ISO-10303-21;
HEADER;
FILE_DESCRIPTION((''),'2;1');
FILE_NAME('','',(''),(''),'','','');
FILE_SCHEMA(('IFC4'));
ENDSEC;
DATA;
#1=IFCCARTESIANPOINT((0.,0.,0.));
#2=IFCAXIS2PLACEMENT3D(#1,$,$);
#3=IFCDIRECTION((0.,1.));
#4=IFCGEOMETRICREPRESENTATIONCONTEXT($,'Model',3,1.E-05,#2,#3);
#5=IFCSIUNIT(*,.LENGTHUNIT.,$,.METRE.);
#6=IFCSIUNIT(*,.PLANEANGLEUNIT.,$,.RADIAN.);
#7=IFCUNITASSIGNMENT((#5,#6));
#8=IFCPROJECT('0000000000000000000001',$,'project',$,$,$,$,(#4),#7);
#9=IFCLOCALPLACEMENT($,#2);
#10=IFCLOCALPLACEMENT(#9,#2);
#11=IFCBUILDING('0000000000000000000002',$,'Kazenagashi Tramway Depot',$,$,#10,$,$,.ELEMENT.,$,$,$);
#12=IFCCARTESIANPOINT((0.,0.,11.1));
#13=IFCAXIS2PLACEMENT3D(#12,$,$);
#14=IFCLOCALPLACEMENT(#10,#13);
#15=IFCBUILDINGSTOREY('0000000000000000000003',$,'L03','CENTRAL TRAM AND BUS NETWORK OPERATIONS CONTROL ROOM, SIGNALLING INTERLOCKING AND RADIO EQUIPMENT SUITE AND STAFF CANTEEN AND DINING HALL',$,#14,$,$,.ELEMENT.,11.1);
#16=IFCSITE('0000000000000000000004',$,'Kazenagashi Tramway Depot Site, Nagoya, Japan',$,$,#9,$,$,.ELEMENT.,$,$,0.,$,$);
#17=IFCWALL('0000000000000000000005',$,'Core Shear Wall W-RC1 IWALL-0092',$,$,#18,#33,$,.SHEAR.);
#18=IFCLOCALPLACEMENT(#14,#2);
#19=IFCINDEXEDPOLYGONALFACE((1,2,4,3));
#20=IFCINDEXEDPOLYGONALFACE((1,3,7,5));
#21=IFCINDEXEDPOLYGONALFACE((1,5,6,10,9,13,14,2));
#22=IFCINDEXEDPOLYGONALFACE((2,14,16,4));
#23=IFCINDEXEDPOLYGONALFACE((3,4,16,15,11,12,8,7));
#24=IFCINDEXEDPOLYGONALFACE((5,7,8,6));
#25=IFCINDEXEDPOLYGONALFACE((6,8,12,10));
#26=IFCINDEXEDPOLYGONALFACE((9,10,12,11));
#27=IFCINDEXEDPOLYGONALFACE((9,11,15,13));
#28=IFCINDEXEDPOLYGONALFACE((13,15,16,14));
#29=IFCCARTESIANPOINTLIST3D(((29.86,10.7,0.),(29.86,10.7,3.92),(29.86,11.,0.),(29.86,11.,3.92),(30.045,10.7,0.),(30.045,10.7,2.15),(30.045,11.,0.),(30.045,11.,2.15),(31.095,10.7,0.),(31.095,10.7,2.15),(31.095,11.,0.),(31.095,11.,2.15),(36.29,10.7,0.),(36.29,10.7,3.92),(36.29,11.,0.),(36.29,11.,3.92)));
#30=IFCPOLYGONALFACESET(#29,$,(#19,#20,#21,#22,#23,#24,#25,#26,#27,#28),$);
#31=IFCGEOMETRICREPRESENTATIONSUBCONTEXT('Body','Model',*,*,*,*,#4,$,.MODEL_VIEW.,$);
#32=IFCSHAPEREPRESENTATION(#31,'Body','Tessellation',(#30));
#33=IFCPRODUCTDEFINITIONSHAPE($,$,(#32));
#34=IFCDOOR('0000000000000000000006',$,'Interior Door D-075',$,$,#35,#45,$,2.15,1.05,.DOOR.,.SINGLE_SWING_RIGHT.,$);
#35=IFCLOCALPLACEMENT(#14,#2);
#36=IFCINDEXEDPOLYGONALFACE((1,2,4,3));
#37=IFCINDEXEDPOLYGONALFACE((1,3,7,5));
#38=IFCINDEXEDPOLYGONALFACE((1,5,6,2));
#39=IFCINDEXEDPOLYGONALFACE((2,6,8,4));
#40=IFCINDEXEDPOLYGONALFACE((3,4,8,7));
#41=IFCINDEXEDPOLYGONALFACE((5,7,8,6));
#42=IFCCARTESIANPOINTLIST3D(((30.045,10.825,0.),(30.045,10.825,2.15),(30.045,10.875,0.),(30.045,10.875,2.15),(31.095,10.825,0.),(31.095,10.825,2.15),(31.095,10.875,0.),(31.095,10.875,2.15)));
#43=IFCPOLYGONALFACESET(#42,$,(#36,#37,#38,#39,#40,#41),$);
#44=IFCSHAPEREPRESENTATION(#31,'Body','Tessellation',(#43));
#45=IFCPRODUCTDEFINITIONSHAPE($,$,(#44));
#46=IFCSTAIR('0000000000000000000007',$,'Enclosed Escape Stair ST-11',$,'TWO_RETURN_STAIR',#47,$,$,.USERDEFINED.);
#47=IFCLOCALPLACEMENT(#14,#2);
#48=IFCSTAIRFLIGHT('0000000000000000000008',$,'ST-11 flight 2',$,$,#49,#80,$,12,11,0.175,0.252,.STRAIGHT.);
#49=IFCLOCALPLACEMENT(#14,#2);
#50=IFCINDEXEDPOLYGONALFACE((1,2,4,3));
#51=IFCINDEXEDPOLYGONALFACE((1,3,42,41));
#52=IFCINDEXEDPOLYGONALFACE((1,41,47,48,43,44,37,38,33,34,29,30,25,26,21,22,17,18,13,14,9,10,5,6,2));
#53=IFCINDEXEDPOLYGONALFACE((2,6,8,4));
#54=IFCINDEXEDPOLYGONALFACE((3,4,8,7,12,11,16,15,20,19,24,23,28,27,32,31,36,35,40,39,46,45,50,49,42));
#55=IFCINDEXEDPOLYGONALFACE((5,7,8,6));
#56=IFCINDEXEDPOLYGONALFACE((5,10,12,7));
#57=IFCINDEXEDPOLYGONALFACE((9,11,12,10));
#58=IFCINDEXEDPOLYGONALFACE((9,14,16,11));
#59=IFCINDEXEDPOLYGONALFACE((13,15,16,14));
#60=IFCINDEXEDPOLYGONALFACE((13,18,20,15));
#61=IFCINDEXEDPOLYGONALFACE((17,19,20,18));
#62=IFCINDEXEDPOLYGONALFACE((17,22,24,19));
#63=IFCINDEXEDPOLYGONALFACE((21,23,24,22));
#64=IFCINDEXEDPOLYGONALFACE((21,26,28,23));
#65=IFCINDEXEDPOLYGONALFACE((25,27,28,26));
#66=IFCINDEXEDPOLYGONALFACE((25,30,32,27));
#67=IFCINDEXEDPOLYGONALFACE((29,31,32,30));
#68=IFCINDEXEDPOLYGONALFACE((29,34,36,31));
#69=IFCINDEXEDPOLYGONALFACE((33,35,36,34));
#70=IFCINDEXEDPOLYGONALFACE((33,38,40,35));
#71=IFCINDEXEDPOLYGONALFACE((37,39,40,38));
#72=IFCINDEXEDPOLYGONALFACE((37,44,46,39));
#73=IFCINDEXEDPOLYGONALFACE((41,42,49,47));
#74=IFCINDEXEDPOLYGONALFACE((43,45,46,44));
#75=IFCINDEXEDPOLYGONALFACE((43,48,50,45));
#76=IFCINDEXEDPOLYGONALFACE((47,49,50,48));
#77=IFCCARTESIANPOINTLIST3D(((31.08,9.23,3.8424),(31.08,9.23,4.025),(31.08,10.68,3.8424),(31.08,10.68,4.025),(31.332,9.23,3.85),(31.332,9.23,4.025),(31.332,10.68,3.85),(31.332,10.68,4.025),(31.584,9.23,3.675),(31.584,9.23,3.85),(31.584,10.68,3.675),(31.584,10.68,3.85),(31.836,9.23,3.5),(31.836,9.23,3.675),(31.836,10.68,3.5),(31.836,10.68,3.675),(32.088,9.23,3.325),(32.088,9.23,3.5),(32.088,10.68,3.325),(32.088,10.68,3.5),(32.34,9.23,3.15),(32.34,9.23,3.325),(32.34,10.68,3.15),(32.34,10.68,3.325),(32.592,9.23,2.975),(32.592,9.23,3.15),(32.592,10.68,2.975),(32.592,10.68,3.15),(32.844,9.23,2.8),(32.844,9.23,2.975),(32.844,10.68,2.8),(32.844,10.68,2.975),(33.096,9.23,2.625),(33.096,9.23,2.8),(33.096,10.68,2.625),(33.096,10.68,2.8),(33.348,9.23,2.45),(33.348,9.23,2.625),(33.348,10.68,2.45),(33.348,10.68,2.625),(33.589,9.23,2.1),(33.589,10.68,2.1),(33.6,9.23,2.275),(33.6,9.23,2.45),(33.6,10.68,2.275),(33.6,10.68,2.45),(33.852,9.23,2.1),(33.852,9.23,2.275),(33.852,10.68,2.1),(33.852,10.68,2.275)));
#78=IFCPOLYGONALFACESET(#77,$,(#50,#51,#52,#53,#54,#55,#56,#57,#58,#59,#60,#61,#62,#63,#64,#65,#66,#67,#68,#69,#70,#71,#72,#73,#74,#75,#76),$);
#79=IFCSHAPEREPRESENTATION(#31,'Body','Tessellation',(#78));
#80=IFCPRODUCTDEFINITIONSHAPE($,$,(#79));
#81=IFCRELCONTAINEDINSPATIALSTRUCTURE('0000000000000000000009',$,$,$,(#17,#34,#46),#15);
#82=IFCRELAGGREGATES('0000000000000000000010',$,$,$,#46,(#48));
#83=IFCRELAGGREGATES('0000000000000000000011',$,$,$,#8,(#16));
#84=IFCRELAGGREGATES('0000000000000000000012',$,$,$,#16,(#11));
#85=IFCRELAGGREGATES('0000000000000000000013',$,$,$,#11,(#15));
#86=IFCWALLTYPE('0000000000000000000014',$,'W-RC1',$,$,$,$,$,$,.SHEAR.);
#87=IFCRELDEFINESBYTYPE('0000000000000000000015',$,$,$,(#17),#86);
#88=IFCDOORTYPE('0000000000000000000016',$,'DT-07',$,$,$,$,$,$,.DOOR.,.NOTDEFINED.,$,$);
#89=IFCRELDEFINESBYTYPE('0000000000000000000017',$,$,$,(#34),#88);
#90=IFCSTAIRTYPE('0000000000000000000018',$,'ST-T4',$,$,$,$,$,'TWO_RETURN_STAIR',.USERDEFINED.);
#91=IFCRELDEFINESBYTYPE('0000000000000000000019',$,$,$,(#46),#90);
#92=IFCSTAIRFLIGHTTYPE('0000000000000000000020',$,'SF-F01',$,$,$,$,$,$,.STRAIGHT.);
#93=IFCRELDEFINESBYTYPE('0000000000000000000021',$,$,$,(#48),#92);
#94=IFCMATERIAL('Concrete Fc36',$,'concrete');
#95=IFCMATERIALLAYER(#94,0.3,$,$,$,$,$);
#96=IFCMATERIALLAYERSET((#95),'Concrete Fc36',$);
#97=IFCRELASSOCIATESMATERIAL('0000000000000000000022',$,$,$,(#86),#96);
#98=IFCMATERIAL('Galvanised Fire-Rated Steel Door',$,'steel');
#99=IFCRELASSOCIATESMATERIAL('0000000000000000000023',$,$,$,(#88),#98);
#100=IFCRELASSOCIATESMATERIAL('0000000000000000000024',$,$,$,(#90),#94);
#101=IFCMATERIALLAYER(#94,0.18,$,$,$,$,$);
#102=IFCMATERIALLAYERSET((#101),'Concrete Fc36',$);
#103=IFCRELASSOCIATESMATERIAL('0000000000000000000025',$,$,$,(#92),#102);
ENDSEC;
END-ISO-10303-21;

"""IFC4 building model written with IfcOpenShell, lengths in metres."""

from ifc_helpers import new_model, si_unit, direction, frame, frame_2d, origin, place, context, subcontext, project, spatial, polyline, rectangle, outline, extrude, material, layer, layer_set, type_object, element, fill, aggregate, save


model = new_model("IFC4")

# Units and contexts
model_context = context("Model", 3, precision=1e-05, world=origin(), true_north=direction((0.0, 1.0)))
body_context = subcontext(model_context, "Body", "Model", "MODEL_VIEW")
ifc_project = project(units=[si_unit("LENGTHUNIT", "METRE"), si_unit("PLANEANGLEUNIT", "RADIAN")], contexts=[model_context])

# Site, building, storey
site_placement = place(None, origin())
site = spatial("IfcSite", under=ifc_project, at=site_placement, Name="Kazenagashi Tramway Depot Site, Nagoya, Japan", CompositionType="ELEMENT", RefElevation=0.0)
building_placement = place(site_placement, origin())
building = spatial("IfcBuilding", under=site, at=building_placement, Name="Kazenagashi Tramway Depot", CompositionType="ELEMENT")
storey_placement = place(building_placement, frame((0.0, 0.0, 11.1)))
storey = spatial("IfcBuildingStorey", under=building, at=storey_placement, Name="L03", Description="CENTRAL TRAM AND BUS NETWORK OPERATIONS CONTROL ROOM, SIGNALLING INTERLOCKING AND RADIO EQUIPMENT SUITE AND STAFF CANTEEN AND DINING HALL", CompositionType="ELEMENT", Elevation=11.1)

# Wall, opening, door
ifc_material_1 = material(Name="Concrete Fc36", Category="concrete")
ifc_layer_1 = layer(ifc_material_1, 0.3)
ifc_layer_set_1 = layer_set([ifc_layer_1], Name="Concrete Fc36")
wall_type_1 = type_object("IfcWallType", Name="W-RC1", PredefinedType="SHEAR", material=ifc_layer_set_1)
ifc_material_2 = material(Name="Galvanised Fire-Rated Steel Door", Category="steel")
wall_1_placement = place(storey_placement, frame((29.86, 10.85, 0.0), z_axis=(0.0, 0.0, 1.0), x_axis=(1.0, 0.0, 0.0)))
wall_1 = element("IfcWall", 1, at=wall_1_placement, inside=storey, type_object=wall_type_1, Name="Core Shear Wall W-RC1 IWALL-0092", PredefinedType="SHEAR", context=body_context, shape_type="SweptSolid", body=[
    extrude(rectangle(XDim=6.43, YDim=0.3, at=frame_2d((3.215, 0.0))), origin(), (0.0, 0.0, 1.0), 3.92),
])
opening_1_placement = place(wall_1_placement, frame((0.185, 0.0, 0.0)))
opening_1 = element("IfcOpeningElement", 2, at=opening_1_placement, cuts=wall_1, PredefinedType="OPENING", context=body_context, shape_type="SweptSolid", body=[
    extrude(rectangle(XDim=1.05, YDim=2.15, at=frame_2d((0.525, 1.075))), frame((0.0, 0.16, 0.0), z_axis=(0.0, -1.0, 0.0), x_axis=(1.0, 0.0, 0.0)), (0.0, 0.0, 1.0), 0.32),
])
door_type_1 = type_object("IfcDoorType", Name="DT-07", OperationType="NOTDEFINED", PredefinedType="DOOR", material=ifc_material_2)
door_1_placement = place(opening_1_placement, origin())
door_1 = element("IfcDoor", 3, at=door_1_placement, inside=storey, type_object=door_type_1, Name="Interior Door D-075", OperationType="SINGLE_SWING_RIGHT", OverallHeight=2.15, OverallWidth=1.05, PredefinedType="DOOR", context=body_context, shape_type="SweptSolid", body=[
    extrude(rectangle(XDim=1.05, YDim=2.15, at=frame_2d((0.525, 1.075))), frame((0.0, 0.025, 0.0), z_axis=(0.0, -1.0, 0.0), x_axis=(1.0, 0.0, 0.0)), (0.0, 0.0, 1.0), 0.05),
])
fill(opening_1, door_1)

# Stair, stair flight
stair_type = type_object("IfcStairType", Name="ST-T4", ElementType="TWO_RETURN_STAIR", PredefinedType="USERDEFINED", material=ifc_material_1)
stair_placement = place(storey_placement, origin())
stair = element("IfcStair", 4, at=stair_placement, inside=storey, type_object=stair_type, Name="Enclosed Escape Stair ST-11", ObjectType="TWO_RETURN_STAIR", PredefinedType="USERDEFINED")
ifc_layer_2 = layer(ifc_material_1, 0.18)
ifc_layer_set_2 = layer_set([ifc_layer_2], Name="Concrete Fc36")
stair_flight_type = type_object("IfcStairFlightType", Name="SF-F01", PredefinedType="STRAIGHT", material=ifc_layer_set_2)
stair_flight_placement = place(storey_placement, frame((33.852, 9.955, 2.1), z_axis=(0.0, 0.0, 1.0), x_axis=(-1.0, 0.0, 0.0)))
stair_flight = element("IfcStairFlight", 5, at=stair_flight_placement, type_object=stair_flight_type, Name="ST-11 flight 2", NumberOfRisers=12, NumberOfTreads=11, PredefinedType="STRAIGHT", RiserHeight=0.175, TreadLength=0.252, context=body_context, shape_type="SweptSolid", body=[
    extrude(outline(polyline([(0.0, 0.0), (0.0, 0.175), (0.252, 0.175), (0.252, 0.35), (0.504, 0.35), (0.504, 0.525), (0.756, 0.525), (0.756, 0.7), (1.008, 0.7), (1.008, 0.875), (1.26, 0.875), (1.26, 1.05), (1.512, 1.05), (1.512, 1.225), (1.764, 1.225), (1.764, 1.4), (2.016, 1.4), (2.016, 1.575), (2.268, 1.575), (2.268, 1.75), (2.52, 1.75), (2.52, 1.925), (2.772, 1.925), (2.772, 2.1), (2.772, 1.7424), (0.263, 0.0), (0.0, 0.0)])), frame((0.0, 0.725, 0.0), z_axis=(0.0, -1.0, 0.0), x_axis=(1.0, 0.0, 0.0)), (0.0, 0.0, 1.0), 1.45),
])
aggregate(stair, [stair_flight])

save(model, "model.ifc")
